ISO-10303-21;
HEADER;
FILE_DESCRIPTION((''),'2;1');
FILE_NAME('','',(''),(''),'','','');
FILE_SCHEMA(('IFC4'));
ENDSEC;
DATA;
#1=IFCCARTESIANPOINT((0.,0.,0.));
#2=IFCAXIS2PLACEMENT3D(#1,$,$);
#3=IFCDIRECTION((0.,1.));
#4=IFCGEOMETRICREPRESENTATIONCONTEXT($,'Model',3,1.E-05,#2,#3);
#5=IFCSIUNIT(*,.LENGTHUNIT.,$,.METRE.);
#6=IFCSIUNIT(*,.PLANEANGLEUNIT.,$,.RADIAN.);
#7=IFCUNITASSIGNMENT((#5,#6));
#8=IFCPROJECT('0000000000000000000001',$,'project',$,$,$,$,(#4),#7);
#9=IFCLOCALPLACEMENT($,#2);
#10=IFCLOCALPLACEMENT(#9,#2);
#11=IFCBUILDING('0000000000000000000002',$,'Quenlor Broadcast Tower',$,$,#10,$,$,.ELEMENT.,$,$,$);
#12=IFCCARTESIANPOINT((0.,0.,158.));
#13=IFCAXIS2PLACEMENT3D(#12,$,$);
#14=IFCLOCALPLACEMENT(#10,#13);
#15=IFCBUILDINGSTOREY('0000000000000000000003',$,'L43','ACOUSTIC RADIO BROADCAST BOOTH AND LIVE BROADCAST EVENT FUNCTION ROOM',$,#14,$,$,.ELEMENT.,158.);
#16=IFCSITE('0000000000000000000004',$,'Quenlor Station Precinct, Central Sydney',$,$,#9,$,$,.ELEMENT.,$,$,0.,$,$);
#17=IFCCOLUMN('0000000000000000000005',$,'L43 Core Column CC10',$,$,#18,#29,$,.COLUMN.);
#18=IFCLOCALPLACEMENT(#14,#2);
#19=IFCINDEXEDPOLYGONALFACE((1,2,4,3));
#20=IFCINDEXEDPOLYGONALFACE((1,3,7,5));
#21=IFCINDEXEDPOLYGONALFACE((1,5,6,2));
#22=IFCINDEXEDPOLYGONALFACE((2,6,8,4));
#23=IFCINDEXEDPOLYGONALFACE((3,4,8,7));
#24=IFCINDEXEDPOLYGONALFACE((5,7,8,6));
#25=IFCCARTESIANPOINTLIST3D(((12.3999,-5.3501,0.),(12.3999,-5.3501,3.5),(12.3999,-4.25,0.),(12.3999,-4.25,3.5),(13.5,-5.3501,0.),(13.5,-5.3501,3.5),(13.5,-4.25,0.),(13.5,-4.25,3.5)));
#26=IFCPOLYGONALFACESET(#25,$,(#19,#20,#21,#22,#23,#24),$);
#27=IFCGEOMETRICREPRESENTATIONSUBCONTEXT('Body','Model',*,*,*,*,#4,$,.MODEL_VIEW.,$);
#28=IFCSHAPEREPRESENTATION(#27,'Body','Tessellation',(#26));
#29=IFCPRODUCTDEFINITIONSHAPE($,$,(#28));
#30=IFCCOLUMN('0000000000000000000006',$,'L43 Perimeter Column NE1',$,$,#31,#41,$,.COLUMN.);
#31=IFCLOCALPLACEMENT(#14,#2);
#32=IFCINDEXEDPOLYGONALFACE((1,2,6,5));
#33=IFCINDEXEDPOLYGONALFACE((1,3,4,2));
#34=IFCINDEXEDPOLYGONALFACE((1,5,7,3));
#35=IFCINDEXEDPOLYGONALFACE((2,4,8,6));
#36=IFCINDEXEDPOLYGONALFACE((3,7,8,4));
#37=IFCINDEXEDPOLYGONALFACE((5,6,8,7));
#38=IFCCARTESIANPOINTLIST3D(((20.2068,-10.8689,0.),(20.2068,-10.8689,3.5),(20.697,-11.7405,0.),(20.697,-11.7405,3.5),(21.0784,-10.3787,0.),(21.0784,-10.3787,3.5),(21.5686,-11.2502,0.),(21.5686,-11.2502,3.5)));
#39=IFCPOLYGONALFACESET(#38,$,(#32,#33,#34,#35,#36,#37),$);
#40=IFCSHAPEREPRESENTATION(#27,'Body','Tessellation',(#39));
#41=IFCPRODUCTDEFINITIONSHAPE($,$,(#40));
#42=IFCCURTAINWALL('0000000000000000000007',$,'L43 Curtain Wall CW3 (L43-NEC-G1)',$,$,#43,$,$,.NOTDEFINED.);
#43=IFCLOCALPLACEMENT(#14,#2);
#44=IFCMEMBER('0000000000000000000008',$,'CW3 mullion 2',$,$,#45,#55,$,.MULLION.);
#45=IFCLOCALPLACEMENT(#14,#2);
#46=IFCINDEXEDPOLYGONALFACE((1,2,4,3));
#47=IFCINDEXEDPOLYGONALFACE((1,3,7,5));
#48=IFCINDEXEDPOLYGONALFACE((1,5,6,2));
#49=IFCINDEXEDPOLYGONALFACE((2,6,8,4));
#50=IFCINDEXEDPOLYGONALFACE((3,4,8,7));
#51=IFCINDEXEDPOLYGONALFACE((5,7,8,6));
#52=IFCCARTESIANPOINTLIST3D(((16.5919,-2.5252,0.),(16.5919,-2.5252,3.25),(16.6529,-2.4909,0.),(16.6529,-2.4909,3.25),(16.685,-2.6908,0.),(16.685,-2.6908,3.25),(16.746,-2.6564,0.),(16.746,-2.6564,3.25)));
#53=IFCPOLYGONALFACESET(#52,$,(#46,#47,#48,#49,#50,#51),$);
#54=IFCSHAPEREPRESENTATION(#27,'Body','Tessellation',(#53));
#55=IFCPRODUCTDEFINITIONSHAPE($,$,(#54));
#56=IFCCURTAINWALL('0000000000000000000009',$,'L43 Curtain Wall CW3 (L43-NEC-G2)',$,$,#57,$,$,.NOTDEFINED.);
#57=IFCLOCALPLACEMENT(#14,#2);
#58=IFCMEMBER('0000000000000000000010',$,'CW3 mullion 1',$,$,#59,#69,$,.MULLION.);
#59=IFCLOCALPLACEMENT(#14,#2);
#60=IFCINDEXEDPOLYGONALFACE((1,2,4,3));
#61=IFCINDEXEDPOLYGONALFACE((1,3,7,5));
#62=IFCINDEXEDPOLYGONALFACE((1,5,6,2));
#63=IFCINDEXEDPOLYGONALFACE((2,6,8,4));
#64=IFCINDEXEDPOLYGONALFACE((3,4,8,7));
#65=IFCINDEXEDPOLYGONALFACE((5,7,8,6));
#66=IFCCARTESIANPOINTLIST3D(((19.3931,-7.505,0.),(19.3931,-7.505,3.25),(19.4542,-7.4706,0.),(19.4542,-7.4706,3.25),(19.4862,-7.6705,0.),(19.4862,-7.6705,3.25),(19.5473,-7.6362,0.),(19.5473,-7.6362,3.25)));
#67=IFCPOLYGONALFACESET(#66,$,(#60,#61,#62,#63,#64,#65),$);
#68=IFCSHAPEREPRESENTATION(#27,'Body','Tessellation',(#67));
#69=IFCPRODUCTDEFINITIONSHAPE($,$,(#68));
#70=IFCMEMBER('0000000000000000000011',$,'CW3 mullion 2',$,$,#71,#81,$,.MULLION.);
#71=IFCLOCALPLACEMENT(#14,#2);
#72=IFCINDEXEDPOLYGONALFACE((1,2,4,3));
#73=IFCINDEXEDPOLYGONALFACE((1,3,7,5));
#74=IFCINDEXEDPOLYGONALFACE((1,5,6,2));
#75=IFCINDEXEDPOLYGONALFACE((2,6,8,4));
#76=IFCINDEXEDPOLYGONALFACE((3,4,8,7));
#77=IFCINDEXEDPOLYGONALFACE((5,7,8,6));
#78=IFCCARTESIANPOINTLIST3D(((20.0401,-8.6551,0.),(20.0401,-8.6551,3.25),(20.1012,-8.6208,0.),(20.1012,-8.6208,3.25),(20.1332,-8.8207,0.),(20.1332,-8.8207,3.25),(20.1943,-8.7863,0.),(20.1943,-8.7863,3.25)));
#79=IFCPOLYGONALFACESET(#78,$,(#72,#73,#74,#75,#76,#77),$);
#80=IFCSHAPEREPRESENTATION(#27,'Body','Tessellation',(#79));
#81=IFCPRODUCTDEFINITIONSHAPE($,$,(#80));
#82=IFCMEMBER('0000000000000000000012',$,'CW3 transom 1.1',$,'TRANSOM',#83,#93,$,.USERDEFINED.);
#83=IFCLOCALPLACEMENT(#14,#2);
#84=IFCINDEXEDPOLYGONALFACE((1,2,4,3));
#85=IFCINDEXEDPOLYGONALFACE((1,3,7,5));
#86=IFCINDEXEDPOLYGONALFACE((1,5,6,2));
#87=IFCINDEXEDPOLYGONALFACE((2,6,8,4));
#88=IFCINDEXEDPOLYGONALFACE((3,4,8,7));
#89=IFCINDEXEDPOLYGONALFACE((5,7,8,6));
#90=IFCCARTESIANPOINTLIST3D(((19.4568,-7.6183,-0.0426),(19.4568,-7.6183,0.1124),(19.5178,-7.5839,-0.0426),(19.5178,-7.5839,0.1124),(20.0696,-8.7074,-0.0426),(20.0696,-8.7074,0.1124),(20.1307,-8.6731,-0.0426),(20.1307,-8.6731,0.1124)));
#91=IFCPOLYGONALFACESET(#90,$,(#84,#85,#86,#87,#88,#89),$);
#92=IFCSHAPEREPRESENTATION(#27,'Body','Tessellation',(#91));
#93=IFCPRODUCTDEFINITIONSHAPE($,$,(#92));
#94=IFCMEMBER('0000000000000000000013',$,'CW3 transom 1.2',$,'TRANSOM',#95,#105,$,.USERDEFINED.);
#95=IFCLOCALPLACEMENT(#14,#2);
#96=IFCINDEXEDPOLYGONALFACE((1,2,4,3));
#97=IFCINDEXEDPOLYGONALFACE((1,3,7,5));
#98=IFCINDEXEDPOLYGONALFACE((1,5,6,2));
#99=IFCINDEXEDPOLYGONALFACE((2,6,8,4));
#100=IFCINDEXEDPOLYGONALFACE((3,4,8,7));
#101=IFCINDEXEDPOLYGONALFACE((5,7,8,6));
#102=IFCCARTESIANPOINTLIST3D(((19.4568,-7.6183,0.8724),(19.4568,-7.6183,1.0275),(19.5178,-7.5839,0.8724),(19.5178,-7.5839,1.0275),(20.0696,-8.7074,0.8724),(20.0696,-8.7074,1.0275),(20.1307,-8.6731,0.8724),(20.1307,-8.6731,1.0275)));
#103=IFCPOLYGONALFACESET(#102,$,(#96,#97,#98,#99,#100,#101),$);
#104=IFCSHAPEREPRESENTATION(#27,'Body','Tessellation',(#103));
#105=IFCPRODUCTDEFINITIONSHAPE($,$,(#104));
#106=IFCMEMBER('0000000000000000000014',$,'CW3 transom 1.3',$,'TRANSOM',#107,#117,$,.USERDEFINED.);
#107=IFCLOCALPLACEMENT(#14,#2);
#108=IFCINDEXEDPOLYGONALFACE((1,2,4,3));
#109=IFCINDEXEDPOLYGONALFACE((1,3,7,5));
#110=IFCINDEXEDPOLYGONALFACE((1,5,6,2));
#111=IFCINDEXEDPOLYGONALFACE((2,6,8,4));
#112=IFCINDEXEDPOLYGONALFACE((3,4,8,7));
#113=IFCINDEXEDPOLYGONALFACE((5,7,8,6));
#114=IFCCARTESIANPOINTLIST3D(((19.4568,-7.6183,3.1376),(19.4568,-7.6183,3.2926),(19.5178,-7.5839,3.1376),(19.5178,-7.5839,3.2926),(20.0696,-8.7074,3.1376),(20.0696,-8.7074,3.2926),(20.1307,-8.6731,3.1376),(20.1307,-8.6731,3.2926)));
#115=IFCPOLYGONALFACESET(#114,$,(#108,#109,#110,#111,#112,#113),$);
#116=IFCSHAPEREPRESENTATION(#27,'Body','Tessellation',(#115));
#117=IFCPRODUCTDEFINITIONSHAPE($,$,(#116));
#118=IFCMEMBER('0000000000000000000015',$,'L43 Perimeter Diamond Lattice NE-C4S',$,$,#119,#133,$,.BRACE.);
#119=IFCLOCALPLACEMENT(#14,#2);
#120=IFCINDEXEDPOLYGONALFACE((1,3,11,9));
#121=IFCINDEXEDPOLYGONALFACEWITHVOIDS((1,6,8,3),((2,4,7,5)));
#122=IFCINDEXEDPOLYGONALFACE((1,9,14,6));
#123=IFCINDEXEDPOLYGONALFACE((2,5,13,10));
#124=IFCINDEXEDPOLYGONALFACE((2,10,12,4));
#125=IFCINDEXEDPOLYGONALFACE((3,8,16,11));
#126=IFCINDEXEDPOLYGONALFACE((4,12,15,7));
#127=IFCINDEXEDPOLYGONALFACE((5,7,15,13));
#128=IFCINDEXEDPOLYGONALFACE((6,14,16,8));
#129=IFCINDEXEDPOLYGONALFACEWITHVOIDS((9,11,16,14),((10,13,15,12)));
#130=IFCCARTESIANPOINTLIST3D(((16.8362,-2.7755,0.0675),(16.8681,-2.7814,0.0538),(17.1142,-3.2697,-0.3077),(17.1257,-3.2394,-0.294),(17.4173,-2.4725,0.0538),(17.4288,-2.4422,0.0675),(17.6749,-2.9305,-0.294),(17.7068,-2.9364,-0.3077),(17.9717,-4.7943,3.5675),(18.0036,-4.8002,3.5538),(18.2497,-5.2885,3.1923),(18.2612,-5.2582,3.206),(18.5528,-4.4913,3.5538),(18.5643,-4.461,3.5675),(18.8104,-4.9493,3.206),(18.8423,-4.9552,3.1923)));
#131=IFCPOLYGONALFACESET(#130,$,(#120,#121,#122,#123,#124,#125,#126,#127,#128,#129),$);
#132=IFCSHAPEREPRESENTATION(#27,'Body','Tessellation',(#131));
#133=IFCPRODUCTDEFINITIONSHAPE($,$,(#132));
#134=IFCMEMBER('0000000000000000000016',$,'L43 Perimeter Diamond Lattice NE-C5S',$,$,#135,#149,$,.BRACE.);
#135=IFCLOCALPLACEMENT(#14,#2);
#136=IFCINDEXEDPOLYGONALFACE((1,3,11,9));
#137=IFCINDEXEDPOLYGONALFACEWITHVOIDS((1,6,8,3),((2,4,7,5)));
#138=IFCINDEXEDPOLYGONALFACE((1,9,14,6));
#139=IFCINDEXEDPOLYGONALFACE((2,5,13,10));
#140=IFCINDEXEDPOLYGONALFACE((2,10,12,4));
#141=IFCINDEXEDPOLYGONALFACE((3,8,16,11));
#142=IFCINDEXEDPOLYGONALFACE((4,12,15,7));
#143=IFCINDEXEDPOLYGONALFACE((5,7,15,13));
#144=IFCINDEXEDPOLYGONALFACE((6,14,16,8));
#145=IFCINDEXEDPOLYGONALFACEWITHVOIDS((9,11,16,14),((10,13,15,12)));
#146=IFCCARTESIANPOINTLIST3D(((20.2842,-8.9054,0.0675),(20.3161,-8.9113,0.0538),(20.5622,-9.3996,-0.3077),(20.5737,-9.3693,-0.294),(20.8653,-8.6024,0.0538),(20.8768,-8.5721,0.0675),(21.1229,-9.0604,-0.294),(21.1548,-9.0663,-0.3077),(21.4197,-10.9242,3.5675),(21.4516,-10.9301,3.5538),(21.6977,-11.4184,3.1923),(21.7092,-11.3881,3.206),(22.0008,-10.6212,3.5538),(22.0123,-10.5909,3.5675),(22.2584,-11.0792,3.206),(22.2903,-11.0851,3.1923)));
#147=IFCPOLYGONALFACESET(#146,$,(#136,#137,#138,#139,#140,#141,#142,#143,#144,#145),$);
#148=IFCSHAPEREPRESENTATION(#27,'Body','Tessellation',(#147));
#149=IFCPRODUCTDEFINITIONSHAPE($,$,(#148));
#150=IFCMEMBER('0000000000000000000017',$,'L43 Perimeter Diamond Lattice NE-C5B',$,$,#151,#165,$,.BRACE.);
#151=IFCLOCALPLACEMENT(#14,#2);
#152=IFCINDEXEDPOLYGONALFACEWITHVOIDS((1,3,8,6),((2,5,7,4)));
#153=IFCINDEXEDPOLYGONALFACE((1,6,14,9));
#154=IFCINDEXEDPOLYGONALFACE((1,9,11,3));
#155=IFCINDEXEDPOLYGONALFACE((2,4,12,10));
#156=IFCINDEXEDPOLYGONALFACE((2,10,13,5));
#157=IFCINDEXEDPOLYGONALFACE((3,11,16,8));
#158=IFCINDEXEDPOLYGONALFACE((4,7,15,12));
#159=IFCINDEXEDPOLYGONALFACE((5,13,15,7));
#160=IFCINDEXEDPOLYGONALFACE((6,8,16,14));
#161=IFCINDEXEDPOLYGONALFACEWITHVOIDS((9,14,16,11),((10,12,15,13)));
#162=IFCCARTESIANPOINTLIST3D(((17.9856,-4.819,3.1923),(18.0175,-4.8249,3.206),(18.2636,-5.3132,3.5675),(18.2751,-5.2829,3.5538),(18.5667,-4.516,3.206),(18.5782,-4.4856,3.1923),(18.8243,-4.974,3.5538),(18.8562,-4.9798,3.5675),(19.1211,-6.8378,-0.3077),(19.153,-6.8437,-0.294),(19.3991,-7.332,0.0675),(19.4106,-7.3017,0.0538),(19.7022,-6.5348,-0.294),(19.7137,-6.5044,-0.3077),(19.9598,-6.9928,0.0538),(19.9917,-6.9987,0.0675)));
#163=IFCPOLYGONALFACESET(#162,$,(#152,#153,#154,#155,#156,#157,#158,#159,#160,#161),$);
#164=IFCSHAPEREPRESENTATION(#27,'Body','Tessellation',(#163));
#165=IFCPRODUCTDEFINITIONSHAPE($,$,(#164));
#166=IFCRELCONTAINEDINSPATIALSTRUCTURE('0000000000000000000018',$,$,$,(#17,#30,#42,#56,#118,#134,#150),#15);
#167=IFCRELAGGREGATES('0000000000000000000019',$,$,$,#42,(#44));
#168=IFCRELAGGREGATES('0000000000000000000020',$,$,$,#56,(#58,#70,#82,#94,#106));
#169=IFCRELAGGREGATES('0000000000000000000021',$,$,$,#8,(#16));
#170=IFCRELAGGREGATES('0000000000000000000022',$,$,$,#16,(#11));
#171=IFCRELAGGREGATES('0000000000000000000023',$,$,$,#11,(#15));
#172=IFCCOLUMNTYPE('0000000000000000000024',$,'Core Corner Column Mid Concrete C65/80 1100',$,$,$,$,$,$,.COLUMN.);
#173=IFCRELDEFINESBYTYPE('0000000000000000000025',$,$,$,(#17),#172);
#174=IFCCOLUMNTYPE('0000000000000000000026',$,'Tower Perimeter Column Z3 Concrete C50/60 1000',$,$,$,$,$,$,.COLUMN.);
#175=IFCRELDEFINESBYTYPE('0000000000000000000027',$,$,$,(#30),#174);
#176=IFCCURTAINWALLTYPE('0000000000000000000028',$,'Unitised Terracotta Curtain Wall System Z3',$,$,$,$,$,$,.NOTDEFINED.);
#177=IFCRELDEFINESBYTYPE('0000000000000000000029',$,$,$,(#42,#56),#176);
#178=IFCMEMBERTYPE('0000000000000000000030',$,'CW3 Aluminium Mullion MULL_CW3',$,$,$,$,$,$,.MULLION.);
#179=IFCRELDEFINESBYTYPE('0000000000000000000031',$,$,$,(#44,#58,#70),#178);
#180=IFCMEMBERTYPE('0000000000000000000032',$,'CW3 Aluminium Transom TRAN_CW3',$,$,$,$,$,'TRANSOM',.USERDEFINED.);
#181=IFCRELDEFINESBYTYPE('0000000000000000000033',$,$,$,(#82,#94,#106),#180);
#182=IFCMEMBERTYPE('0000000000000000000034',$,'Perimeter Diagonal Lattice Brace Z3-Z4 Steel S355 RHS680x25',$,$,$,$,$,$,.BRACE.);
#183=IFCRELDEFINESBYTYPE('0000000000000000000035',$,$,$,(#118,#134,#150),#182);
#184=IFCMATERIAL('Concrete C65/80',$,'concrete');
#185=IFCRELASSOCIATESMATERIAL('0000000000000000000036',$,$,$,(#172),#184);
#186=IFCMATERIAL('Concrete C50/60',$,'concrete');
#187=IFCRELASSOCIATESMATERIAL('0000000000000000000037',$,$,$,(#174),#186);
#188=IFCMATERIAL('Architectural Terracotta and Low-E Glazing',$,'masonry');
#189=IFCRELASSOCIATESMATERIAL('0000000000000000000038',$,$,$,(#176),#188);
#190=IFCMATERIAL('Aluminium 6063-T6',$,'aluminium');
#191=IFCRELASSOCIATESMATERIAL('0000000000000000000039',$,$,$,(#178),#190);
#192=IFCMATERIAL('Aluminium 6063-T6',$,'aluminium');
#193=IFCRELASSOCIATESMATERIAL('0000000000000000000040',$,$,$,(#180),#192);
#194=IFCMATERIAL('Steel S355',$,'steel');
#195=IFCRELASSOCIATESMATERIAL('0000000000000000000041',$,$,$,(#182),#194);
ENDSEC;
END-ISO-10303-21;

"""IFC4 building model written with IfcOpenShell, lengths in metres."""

from ifc_helpers import new_model, si_unit, direction, frame, origin, origin_2d, place, context, subcontext, project, spatial, rectangle, hollow_rectangle, extrude, material, material_profile, profile_set, type_object, element, aggregate, save


model = new_model("IFC4")

# Units and contexts
model_context = context("Model", 3, precision=1e-05, world=origin(), true_north=direction((0.0, 1.0)))
body_context = subcontext(model_context, "Body", "Model", "MODEL_VIEW")
ifc_project = project(units=[si_unit("LENGTHUNIT", "METRE"), si_unit("PLANEANGLEUNIT", "RADIAN")], contexts=[model_context])

# Site, building, storey
site_placement = place(None, origin())
site = spatial("IfcSite", under=ifc_project, at=site_placement, Name="Quenlor Station Precinct, Central Sydney", CompositionType="ELEMENT", RefElevation=0.0)
building_placement = place(site_placement, origin())
building = spatial("IfcBuilding", under=site, at=building_placement, Name="Quenlor Broadcast Tower", CompositionType="ELEMENT")
storey_placement = place(building_placement, frame((0.0, 0.0, 158.0)))
storey = spatial("IfcBuildingStorey", under=building, at=storey_placement, Name="L43", Description="ACOUSTIC RADIO BROADCAST BOOTH AND LIVE BROADCAST EVENT FUNCTION ROOM", CompositionType="ELEMENT", Elevation=158.0)

# Columns
ifc_material_1 = material(Name="Concrete C65/80", Category="concrete")
ifc_material_profile_1 = material_profile(ifc_material_1, rectangle(XDim=1.1001, YDim=1.1001, at=origin_2d()))
ifc_profile_set_1 = profile_set([ifc_material_profile_1], Name="Concrete C65/80 RC1100x1100")
column_type_1 = type_object("IfcColumnType", Name="Core Corner Column Mid Concrete C65/80 1100", PredefinedType="COLUMN", material=ifc_profile_set_1)
column_1_placement = place(storey_placement, frame((12.95, -4.8, 0.0), z_axis=(0.0, 0.0, 1.0), x_axis=(1.0, 0.0, 0.0)))
element("IfcColumn", 1, at=column_1_placement, inside=storey, type_object=column_type_1, Name="L43 Core Column CC10", PredefinedType="COLUMN", context=body_context, shape_type="SweptSolid", body=[
    extrude(rectangle(XDim=1.1001, YDim=1.1001, at=origin_2d()), origin(), (0.0, 0.0, 1.0), 3.5),
])
ifc_material_2 = material(Name="Concrete C50/60", Category="concrete")
ifc_material_profile_2 = material_profile(ifc_material_2, rectangle(XDim=1.0, YDim=1.0, at=origin_2d()))
ifc_profile_set_2 = profile_set([ifc_material_profile_2], Name="Concrete C50/60 RC1000x1000")
column_type_2 = type_object("IfcColumnType", Name="Tower Perimeter Column Z3 Concrete C50/60 1000", PredefinedType="COLUMN", material=ifc_profile_set_2)
column_2_placement = place(storey_placement, frame((20.8877, -11.0596, 0.0), z_axis=(0.0, 0.0, 1.0), x_axis=(0.871575, 0.490262, 0.0)))
element("IfcColumn", 2, at=column_2_placement, inside=storey, type_object=column_type_2, Name="L43 Perimeter Column NE1", PredefinedType="COLUMN", context=body_context, shape_type="SweptSolid", body=[
    extrude(rectangle(XDim=1.0, YDim=1.0, at=origin_2d()), origin(), (0.0, 0.0, 1.0), 3.5),
])

# Curtain wall, member
ifc_material_3 = material(Name="Architectural Terracotta and Low-E Glazing", Category="masonry")
curtain_wall_type = type_object("IfcCurtainWallType", Name="Unitised Terracotta Curtain Wall System Z3", PredefinedType="NOTDEFINED", material=ifc_material_3)
curtain_wall_1_placement = place(storey_placement, origin())
curtain_wall_1 = element("IfcCurtainWall", 3, at=curtain_wall_1_placement, inside=storey, type_object=curtain_wall_type, Name="L43 Curtain Wall CW3 (L43-NEC-G1)", PredefinedType="NOTDEFINED")
ifc_material_4 = material(Name="Aluminium 6063-T6", Category="aluminium")
ifc_material_profile_3 = material_profile(ifc_material_4, rectangle(XDim=0.0701, YDim=0.1899, at=origin_2d()))
ifc_profile_set_3 = profile_set([ifc_material_profile_3], Name="Aluminium 6063-T6 MULL70x190")
member_type_1 = type_object("IfcMemberType", Name="CW3 Aluminium Mullion MULL_CW3", PredefinedType="MULLION", material=ifc_profile_set_3)
member_1_placement = place(storey_placement, frame((16.6689, -2.5908, 0.0), z_axis=(0.0, 0.0, 1.0), x_axis=(0.87158, 0.490253, 0.0)))
member_1 = element("IfcMember", 4, at=member_1_placement, type_object=member_type_1, Name="CW3 mullion 2", PredefinedType="MULLION", context=body_context, shape_type="SweptSolid", body=[
    extrude(rectangle(XDim=0.0701, YDim=0.1899, at=origin_2d()), origin(), (0.0, 0.0, 1.0), 3.25),
])
aggregate(curtain_wall_1, [member_1])

# Curtain wall, members
curtain_wall_2_placement = place(storey_placement, origin())
curtain_wall_2 = element("IfcCurtainWall", 5, at=curtain_wall_2_placement, inside=storey, type_object=curtain_wall_type, Name="L43 Curtain Wall CW3 (L43-NEC-G2)", PredefinedType="NOTDEFINED")
member_2_placement = place(storey_placement, frame((19.4702, -7.5706, 0.0), z_axis=(0.0, 0.0, 1.0), x_axis=(0.871576, 0.490261, 0.0)))
member_2 = element("IfcMember", 6, at=member_2_placement, type_object=member_type_1, Name="CW3 mullion 1", PredefinedType="MULLION", context=body_context, shape_type="SweptSolid", body=[
    extrude(rectangle(XDim=0.0701, YDim=0.1899, at=origin_2d()), origin(), (0.0, 0.0, 1.0), 3.25),
])
member_3_placement = place(storey_placement, frame((20.1172, -8.7207, 0.0), z_axis=(0.0, 0.0, 1.0), x_axis=(0.871576, 0.490261, 0.0)))
member_3 = element("IfcMember", 7, at=member_3_placement, type_object=member_type_1, Name="CW3 mullion 2", PredefinedType="MULLION", context=body_context, shape_type="SweptSolid", body=[
    extrude(rectangle(XDim=0.0701, YDim=0.1899, at=origin_2d()), origin(), (0.0, 0.0, 1.0), 3.25),
])
ifc_material_5 = material(Name="Aluminium 6063-T6", Category="aluminium")
ifc_material_profile_4 = material_profile(ifc_material_5, rectangle(XDim=0.0701, YDim=0.155, at=origin_2d()))
ifc_profile_set_4 = profile_set([ifc_material_profile_4], Name="Aluminium 6063-T6 TRAN70x155")
member_type_2 = type_object("IfcMemberType", Name="CW3 Aluminium Transom TRAN_CW3", ElementType="TRANSOM", PredefinedType="USERDEFINED", material=ifc_profile_set_4)
member_4_placement = place(storey_placement, frame((19.4873, -7.6011, 0.0349), z_axis=(0.490363, -0.871518, 0.0), x_axis=(0.871518, 0.490363, 0.0)))
member_4 = element("IfcMember", 8, at=member_4_placement, type_object=member_type_2, Name="CW3 transom 1.1", ObjectType="TRANSOM", PredefinedType="USERDEFINED", context=body_context, shape_type="SweptSolid", body=[
    extrude(rectangle(XDim=0.0701, YDim=0.155, at=origin_2d()), origin(), (0.0, 0.0, 1.0), 1.2498),
])
member_5_placement = place(storey_placement, frame((19.4873, -7.6011, 0.95), z_axis=(0.490363, -0.871518, 0.0), x_axis=(0.871518, 0.490363, 0.0)))
member_5 = element("IfcMember", 9, at=member_5_placement, type_object=member_type_2, Name="CW3 transom 1.2", ObjectType="TRANSOM", PredefinedType="USERDEFINED", context=body_context, shape_type="SweptSolid", body=[
    extrude(rectangle(XDim=0.0701, YDim=0.155, at=origin_2d()), origin(), (0.0, 0.0, 1.0), 1.2498),
])
member_6_placement = place(storey_placement, frame((19.4873, -7.6011, 3.2151), z_axis=(0.490363, -0.871518, 0.0), x_axis=(0.871518, 0.490363, 0.0)))
member_6 = element("IfcMember", 10, at=member_6_placement, type_object=member_type_2, Name="CW3 transom 1.3", ObjectType="TRANSOM", PredefinedType="USERDEFINED", context=body_context, shape_type="SweptSolid", body=[
    extrude(rectangle(XDim=0.0701, YDim=0.155, at=origin_2d()), origin(), (0.0, 0.0, 1.0), 1.2498),
])

# Members
ifc_material_6 = material(Name="Steel S355", Category="steel")
ifc_material_profile_5 = material_profile(ifc_material_6, hollow_rectangle(XDim=0.6799, YDim=0.6799, WallThickness=0.0249, at=origin_2d()))
ifc_profile_set_5 = profile_set([ifc_material_profile_5], Name="Steel S355 RHS680x680x25")
member_type_3 = type_object("IfcMemberType", Name="Perimeter Diagonal Lattice Brace Z3-Z4 Steel S355 RHS680x25", PredefinedType="BRACE", material=ifc_profile_set_5)
for number, where, z_axis, x_axis, name in (
    (11, (17.2715, -2.856, -0.1201), (0.270549, -0.481009, 0.833927), (0.87159, 0.490236, 0.0), "L43 Perimeter Diamond Lattice NE-C4S"),
    (12, (20.7195, -8.9858, -0.1201), (0.270549, -0.481009, 0.833927), (0.87159, 0.490236, 0.0), "L43 Perimeter Diamond Lattice NE-C5S"),
    (13, (19.5564, -6.9182, -0.1201), (-0.270549, 0.481009, 0.833927), (-0.87159, -0.490236, 0.0), "L43 Perimeter Diamond Lattice NE-C5B"),
):
    element("IfcMember", number, at=place(storey_placement, frame(where, z_axis=z_axis, x_axis=x_axis)), inside=storey, type_object=member_type_3, Name=name, PredefinedType="BRACE", context=body_context, shape_type="SweptSolid", body=[
        extrude(hollow_rectangle(XDim=0.6799, YDim=0.6799, WallThickness=0.0249, at=origin_2d()), origin(), (0.0, 0.0, 1.0), 4.197),
    ])

aggregate(curtain_wall_2, [member_2, member_3, member_4, member_5, member_6])

save(model, "model.ifc")
